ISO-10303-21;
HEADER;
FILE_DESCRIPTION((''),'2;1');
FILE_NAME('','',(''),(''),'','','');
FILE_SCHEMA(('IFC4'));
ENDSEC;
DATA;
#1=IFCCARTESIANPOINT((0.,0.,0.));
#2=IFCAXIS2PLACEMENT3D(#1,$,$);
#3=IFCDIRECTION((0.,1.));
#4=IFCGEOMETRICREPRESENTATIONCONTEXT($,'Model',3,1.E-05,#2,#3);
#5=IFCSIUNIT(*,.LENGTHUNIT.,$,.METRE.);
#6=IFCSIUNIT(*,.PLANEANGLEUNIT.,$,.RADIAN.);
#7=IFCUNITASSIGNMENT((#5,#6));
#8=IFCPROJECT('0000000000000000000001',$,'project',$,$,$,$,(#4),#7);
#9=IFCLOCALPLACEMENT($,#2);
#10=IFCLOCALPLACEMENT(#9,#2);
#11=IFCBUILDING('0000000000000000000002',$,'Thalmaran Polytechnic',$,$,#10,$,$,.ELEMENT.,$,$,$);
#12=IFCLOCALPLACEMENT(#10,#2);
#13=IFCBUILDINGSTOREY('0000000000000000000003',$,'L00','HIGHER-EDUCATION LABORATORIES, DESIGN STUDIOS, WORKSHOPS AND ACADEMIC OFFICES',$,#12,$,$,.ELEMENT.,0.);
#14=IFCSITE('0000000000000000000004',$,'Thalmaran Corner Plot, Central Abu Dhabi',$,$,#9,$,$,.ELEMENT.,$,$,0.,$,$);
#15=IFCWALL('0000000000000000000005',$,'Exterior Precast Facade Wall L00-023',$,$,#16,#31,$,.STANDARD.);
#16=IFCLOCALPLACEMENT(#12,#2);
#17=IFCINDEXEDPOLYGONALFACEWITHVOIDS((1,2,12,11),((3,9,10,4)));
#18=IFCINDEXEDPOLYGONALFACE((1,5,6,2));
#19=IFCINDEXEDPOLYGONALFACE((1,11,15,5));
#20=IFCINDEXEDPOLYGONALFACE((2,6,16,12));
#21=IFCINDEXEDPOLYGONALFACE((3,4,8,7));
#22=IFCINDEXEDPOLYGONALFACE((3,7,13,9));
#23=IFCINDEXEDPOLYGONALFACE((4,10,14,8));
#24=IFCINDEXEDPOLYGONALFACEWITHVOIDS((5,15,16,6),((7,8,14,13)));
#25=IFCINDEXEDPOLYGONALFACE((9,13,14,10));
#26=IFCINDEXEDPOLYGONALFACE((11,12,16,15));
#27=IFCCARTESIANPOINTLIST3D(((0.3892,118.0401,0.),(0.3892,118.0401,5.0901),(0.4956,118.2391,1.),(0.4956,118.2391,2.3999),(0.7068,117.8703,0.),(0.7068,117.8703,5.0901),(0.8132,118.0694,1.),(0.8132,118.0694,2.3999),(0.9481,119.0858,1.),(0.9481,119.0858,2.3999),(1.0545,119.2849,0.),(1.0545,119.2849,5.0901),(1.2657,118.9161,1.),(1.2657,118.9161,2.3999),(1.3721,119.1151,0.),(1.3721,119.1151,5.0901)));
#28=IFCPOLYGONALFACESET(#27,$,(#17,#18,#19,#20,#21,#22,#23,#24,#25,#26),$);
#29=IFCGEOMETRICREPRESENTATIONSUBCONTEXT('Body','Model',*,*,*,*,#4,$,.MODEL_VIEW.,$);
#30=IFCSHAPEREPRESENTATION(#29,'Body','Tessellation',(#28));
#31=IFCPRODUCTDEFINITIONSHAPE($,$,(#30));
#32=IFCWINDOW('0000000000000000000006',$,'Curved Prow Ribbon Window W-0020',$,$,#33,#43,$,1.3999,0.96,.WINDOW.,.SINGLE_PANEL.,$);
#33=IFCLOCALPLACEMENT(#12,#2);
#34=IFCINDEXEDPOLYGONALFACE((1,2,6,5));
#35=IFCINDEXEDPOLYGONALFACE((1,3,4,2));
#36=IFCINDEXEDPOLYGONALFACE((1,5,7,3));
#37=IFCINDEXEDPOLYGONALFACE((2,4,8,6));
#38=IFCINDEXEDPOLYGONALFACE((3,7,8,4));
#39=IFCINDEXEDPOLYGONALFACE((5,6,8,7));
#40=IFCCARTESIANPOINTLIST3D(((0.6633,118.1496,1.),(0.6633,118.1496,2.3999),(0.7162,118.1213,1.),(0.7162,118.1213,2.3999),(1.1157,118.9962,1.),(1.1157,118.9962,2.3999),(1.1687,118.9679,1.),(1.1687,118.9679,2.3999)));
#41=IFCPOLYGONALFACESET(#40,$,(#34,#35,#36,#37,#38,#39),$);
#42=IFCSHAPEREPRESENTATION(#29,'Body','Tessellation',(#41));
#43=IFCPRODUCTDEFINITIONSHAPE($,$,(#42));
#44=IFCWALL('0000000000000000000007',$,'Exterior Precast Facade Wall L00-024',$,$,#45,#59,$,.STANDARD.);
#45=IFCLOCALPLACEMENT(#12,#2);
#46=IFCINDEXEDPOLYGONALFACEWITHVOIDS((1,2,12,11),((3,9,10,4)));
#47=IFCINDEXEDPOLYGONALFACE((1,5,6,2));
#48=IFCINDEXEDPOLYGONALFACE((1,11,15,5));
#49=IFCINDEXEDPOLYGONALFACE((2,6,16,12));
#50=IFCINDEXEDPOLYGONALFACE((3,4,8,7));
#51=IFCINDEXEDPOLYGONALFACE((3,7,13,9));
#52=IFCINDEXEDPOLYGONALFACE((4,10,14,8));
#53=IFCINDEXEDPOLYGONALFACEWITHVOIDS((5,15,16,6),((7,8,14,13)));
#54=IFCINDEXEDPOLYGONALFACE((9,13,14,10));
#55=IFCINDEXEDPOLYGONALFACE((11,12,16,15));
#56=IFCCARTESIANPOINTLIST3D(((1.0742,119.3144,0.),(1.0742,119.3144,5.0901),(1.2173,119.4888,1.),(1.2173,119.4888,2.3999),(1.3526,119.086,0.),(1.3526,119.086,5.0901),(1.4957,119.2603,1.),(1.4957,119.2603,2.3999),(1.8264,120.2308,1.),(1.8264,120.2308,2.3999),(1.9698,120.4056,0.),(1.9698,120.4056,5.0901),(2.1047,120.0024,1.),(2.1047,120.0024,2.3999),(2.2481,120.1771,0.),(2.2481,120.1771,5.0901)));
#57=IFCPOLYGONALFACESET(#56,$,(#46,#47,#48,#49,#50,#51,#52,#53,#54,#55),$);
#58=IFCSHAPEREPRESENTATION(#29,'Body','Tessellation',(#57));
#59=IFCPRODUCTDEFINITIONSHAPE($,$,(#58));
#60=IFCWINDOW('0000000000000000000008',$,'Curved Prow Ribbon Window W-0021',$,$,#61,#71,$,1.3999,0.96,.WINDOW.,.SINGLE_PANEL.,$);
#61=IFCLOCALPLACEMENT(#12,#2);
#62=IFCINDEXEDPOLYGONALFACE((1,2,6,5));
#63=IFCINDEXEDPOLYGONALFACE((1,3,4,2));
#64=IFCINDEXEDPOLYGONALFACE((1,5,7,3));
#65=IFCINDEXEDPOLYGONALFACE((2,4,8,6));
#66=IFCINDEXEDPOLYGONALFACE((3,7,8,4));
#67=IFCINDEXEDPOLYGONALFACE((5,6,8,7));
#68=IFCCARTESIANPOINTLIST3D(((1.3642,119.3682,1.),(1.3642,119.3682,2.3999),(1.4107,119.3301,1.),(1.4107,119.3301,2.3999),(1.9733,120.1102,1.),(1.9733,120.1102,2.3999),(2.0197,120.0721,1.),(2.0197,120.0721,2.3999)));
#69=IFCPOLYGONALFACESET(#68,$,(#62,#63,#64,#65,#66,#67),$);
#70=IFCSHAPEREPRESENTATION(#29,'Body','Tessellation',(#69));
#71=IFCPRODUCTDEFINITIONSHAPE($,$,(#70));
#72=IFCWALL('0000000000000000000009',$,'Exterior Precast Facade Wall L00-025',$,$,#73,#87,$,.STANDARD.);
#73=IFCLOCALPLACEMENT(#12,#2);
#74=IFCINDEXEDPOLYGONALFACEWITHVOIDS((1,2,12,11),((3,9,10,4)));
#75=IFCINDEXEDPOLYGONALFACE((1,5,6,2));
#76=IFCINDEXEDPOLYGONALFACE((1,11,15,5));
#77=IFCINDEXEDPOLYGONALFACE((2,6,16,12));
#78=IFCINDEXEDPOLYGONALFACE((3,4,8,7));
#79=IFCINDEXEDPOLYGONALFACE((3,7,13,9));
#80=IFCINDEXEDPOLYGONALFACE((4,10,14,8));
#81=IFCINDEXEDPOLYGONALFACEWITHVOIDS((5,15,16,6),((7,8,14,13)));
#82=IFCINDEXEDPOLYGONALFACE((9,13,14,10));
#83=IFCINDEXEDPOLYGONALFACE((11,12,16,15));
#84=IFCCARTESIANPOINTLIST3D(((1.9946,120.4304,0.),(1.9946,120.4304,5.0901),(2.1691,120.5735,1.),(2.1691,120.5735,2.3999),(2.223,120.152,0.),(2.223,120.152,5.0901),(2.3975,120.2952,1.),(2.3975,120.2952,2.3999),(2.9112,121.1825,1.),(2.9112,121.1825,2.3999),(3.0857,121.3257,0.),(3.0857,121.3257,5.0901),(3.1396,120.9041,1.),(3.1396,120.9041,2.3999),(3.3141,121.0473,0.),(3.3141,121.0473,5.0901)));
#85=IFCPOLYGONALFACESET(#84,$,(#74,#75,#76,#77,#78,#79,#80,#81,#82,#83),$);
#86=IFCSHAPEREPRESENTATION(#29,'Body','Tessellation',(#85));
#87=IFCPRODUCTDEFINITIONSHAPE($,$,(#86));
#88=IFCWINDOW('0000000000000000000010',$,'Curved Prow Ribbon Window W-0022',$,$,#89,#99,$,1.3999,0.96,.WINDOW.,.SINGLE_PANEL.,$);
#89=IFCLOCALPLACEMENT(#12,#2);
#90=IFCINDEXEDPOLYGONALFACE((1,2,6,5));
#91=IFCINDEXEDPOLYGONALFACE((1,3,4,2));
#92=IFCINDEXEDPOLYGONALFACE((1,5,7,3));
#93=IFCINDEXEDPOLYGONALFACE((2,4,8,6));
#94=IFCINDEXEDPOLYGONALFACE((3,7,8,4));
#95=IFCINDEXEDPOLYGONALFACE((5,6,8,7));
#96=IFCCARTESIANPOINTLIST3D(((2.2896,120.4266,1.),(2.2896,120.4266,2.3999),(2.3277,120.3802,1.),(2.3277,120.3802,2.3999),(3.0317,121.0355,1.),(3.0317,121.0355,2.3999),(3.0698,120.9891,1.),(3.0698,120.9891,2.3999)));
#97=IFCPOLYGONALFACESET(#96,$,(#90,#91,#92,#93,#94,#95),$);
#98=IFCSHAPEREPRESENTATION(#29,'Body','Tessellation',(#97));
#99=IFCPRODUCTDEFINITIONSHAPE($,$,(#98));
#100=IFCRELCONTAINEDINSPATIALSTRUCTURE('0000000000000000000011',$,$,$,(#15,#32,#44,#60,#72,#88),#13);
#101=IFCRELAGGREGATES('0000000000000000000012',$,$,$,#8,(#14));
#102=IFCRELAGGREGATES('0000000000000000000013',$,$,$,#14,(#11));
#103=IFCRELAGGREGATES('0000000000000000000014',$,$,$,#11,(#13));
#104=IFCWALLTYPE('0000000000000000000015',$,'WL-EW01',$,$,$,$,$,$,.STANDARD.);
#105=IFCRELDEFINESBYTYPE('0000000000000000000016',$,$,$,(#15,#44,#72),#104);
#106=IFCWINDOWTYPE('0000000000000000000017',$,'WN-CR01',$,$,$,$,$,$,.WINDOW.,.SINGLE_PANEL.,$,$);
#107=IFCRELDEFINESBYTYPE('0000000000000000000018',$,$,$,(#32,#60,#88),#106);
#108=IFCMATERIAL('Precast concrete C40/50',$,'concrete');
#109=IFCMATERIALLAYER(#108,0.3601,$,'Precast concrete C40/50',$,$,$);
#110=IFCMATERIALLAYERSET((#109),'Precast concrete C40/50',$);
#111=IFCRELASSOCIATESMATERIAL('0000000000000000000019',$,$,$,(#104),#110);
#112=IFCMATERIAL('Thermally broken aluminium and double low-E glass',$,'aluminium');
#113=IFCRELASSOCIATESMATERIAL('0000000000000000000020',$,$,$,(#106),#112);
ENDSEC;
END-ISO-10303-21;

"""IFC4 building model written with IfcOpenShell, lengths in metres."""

from ifc_helpers import new_model, si_unit, direction, frame, frame_2d, origin, place, context, subcontext, project, spatial, rectangle, extrude, material, layer, layer_set, type_object, element, fill, save


model = new_model("IFC4")

# Units and contexts
model_context = context("Model", 3, precision=1e-05, world=origin(), true_north=direction((0.0, 1.0)))
body_context = subcontext(model_context, "Body", "Model", "MODEL_VIEW")
ifc_project = project(units=[si_unit("LENGTHUNIT", "METRE"), si_unit("PLANEANGLEUNIT", "RADIAN")], contexts=[model_context])

# Site, building, storey
site_placement = place(None, origin())
site = spatial("IfcSite", under=ifc_project, at=site_placement, Name="Thalmaran Corner Plot, Central Abu Dhabi", CompositionType="ELEMENT", RefElevation=0.0)
building_placement = place(site_placement, origin())
building = spatial("IfcBuilding", under=site, at=building_placement, Name="Thalmaran Polytechnic", CompositionType="ELEMENT")
storey_placement = place(building_placement, origin())
storey = spatial("IfcBuildingStorey", under=building, at=storey_placement, Name="L00", Description="HIGHER-EDUCATION LABORATORIES, DESIGN STUDIOS, WORKSHOPS AND ACADEMIC OFFICES", CompositionType="ELEMENT", Elevation=0.0)

# Shared definitions
ifc_material_1 = material(Name="Precast concrete C40/50", Category="concrete")
ifc_layer_1 = layer(ifc_material_1, 0.3601, Name="Precast concrete C40/50")
ifc_layer_set_1 = layer_set([ifc_layer_1], Name="Precast concrete C40/50")
wall_type = type_object("IfcWallType", Name="WL-EW01", PredefinedType="STANDARD", material=ifc_layer_set_1)

# Walls, openings, windows
ifc_material_2 = material(Name="Thermally broken aluminium and double low-E glass", Category="aluminium")
window_type = type_object("IfcWindowType", Name="WN-CR01", PartitioningType="SINGLE_PANEL", PredefinedType="WINDOW", material=ifc_material_2)
wall_1_placement = place(storey_placement, frame((0.5481, 117.9553, 0.0), z_axis=(0.0, 0.0, 1.0), x_axis=(0.471333, 0.881955, 0.0)))
wall_1 = element("IfcWall", 1, at=wall_1_placement, inside=storey, type_object=wall_type, Name="Exterior Precast Facade Wall L00-023", PredefinedType="STANDARD", context=body_context, shape_type="SweptSolid", body=[
    extrude(rectangle(XDim=1.4114, YDim=0.3601, at=frame_2d((0.7056, 0.0))), origin(), (0.0, 0.0, 1.0), 5.0901),
])
opening_1_placement = place(wall_1_placement, frame((0.2256, 0.0, 1.0)))
opening_1 = element("IfcOpeningElement", 2, at=opening_1_placement, cuts=wall_1, PredefinedType="OPENING", context=body_context, shape_type="SweptSolid", body=[
    extrude(rectangle(XDim=0.96, YDim=1.3999, at=frame_2d((0.48, 0.7))), frame((0.0, 0.1899, 0.0), z_axis=(0.0, -1.0, 0.0), x_axis=(1.0, 0.0, 0.0)), (0.0, 0.0, 1.0), 0.3801),
])
window_1_placement = place(opening_1_placement, origin())
window_1 = element("IfcWindow", 3, at=window_1_placement, inside=storey, type_object=window_type, Name="Curved Prow Ribbon Window W-0020", OverallHeight=1.3999, OverallWidth=0.96, PartitioningType="SINGLE_PANEL", PredefinedType="WINDOW", context=body_context, shape_type="SweptSolid", body=[
    extrude(rectangle(XDim=0.96, YDim=1.3999, at=frame_2d((0.48, 0.7))), frame((0.0, -0.01, 0.0), z_axis=(0.0, -1.0, 0.0), x_axis=(1.0, 0.0, 0.0)), (0.0, 0.0, 1.0), 0.0601),
])
fill(opening_1, window_1)
wall_2_placement = place(storey_placement, frame((1.2134, 119.2002, 0.0), z_axis=(0.0, 0.0, 1.0), x_axis=(0.634433, 0.772978, 0.0)))
wall_2 = element("IfcWall", 4, at=wall_2_placement, inside=storey, type_object=wall_type, Name="Exterior Precast Facade Wall L00-024", PredefinedType="STANDARD", context=body_context, shape_type="SweptSolid", body=[
    extrude(rectangle(XDim=1.4116, YDim=0.3601, at=frame_2d((0.7058, 0.0))), origin(), (0.0, 0.0, 1.0), 5.0901),
])
opening_2_placement = place(wall_2_placement, frame((0.2256, 0.0, 1.0)))
opening_2 = element("IfcOpeningElement", 5, at=opening_2_placement, cuts=wall_2, PredefinedType="OPENING", context=body_context, shape_type="SweptSolid", body=[
    extrude(rectangle(XDim=0.96, YDim=1.3999, at=frame_2d((0.48, 0.7))), frame((0.0, 0.1899, 0.0), z_axis=(0.0, -1.0, 0.0), x_axis=(1.0, 0.0, 0.0)), (0.0, 0.0, 1.0), 0.3801),
])
window_2_placement = place(opening_2_placement, origin())
window_2 = element("IfcWindow", 6, at=window_2_placement, inside=storey, type_object=window_type, Name="Curved Prow Ribbon Window W-0021", OverallHeight=1.3999, OverallWidth=0.96, PartitioningType="SINGLE_PANEL", PredefinedType="WINDOW", context=body_context, shape_type="SweptSolid", body=[
    extrude(rectangle(XDim=0.96, YDim=1.3999, at=frame_2d((0.48, 0.7))), frame((0.0, -0.01, 0.0), z_axis=(0.0, -1.0, 0.0), x_axis=(1.0, 0.0, 0.0)), (0.0, 0.0, 1.0), 0.0601),
])
fill(opening_2, window_2)
wall_3_placement = place(storey_placement, frame((2.1089, 120.2913, 0.0), z_axis=(0.0, 0.0, 1.0), x_axis=(0.773062, 0.63433, 0.0)))
wall_3 = element("IfcWall", 7, at=wall_3_placement, inside=storey, type_object=wall_type, Name="Exterior Precast Facade Wall L00-025", PredefinedType="STANDARD", context=body_context, shape_type="SweptSolid", body=[
    extrude(rectangle(XDim=1.4114, YDim=0.3601, at=frame_2d((0.7056, 0.0))), origin(), (0.0, 0.0, 1.0), 5.0901),
])
opening_3_placement = place(wall_3_placement, frame((0.2256, 0.0, 1.0)))
opening_3 = element("IfcOpeningElement", 8, at=opening_3_placement, cuts=wall_3, PredefinedType="OPENING", context=body_context, shape_type="SweptSolid", body=[
    extrude(rectangle(XDim=0.96, YDim=1.3999, at=frame_2d((0.48, 0.7))), frame((0.0, 0.1899, 0.0), z_axis=(0.0, -1.0, 0.0), x_axis=(1.0, 0.0, 0.0)), (0.0, 0.0, 1.0), 0.3801),
])
window_3_placement = place(opening_3_placement, origin())
window_3 = element("IfcWindow", 9, at=window_3_placement, inside=storey, type_object=window_type, Name="Curved Prow Ribbon Window W-0022", OverallHeight=1.3999, OverallWidth=0.96, PartitioningType="SINGLE_PANEL", PredefinedType="WINDOW", context=body_context, shape_type="SweptSolid", body=[
    extrude(rectangle(XDim=0.96, YDim=1.3999, at=frame_2d((0.48, 0.7))), frame((0.0, -0.01, 0.0), z_axis=(0.0, -1.0, 0.0), x_axis=(1.0, 0.0, 0.0)), (0.0, 0.0, 1.0), 0.0601),
])
fill(opening_3, window_3)

save(model, "model.ifc")
